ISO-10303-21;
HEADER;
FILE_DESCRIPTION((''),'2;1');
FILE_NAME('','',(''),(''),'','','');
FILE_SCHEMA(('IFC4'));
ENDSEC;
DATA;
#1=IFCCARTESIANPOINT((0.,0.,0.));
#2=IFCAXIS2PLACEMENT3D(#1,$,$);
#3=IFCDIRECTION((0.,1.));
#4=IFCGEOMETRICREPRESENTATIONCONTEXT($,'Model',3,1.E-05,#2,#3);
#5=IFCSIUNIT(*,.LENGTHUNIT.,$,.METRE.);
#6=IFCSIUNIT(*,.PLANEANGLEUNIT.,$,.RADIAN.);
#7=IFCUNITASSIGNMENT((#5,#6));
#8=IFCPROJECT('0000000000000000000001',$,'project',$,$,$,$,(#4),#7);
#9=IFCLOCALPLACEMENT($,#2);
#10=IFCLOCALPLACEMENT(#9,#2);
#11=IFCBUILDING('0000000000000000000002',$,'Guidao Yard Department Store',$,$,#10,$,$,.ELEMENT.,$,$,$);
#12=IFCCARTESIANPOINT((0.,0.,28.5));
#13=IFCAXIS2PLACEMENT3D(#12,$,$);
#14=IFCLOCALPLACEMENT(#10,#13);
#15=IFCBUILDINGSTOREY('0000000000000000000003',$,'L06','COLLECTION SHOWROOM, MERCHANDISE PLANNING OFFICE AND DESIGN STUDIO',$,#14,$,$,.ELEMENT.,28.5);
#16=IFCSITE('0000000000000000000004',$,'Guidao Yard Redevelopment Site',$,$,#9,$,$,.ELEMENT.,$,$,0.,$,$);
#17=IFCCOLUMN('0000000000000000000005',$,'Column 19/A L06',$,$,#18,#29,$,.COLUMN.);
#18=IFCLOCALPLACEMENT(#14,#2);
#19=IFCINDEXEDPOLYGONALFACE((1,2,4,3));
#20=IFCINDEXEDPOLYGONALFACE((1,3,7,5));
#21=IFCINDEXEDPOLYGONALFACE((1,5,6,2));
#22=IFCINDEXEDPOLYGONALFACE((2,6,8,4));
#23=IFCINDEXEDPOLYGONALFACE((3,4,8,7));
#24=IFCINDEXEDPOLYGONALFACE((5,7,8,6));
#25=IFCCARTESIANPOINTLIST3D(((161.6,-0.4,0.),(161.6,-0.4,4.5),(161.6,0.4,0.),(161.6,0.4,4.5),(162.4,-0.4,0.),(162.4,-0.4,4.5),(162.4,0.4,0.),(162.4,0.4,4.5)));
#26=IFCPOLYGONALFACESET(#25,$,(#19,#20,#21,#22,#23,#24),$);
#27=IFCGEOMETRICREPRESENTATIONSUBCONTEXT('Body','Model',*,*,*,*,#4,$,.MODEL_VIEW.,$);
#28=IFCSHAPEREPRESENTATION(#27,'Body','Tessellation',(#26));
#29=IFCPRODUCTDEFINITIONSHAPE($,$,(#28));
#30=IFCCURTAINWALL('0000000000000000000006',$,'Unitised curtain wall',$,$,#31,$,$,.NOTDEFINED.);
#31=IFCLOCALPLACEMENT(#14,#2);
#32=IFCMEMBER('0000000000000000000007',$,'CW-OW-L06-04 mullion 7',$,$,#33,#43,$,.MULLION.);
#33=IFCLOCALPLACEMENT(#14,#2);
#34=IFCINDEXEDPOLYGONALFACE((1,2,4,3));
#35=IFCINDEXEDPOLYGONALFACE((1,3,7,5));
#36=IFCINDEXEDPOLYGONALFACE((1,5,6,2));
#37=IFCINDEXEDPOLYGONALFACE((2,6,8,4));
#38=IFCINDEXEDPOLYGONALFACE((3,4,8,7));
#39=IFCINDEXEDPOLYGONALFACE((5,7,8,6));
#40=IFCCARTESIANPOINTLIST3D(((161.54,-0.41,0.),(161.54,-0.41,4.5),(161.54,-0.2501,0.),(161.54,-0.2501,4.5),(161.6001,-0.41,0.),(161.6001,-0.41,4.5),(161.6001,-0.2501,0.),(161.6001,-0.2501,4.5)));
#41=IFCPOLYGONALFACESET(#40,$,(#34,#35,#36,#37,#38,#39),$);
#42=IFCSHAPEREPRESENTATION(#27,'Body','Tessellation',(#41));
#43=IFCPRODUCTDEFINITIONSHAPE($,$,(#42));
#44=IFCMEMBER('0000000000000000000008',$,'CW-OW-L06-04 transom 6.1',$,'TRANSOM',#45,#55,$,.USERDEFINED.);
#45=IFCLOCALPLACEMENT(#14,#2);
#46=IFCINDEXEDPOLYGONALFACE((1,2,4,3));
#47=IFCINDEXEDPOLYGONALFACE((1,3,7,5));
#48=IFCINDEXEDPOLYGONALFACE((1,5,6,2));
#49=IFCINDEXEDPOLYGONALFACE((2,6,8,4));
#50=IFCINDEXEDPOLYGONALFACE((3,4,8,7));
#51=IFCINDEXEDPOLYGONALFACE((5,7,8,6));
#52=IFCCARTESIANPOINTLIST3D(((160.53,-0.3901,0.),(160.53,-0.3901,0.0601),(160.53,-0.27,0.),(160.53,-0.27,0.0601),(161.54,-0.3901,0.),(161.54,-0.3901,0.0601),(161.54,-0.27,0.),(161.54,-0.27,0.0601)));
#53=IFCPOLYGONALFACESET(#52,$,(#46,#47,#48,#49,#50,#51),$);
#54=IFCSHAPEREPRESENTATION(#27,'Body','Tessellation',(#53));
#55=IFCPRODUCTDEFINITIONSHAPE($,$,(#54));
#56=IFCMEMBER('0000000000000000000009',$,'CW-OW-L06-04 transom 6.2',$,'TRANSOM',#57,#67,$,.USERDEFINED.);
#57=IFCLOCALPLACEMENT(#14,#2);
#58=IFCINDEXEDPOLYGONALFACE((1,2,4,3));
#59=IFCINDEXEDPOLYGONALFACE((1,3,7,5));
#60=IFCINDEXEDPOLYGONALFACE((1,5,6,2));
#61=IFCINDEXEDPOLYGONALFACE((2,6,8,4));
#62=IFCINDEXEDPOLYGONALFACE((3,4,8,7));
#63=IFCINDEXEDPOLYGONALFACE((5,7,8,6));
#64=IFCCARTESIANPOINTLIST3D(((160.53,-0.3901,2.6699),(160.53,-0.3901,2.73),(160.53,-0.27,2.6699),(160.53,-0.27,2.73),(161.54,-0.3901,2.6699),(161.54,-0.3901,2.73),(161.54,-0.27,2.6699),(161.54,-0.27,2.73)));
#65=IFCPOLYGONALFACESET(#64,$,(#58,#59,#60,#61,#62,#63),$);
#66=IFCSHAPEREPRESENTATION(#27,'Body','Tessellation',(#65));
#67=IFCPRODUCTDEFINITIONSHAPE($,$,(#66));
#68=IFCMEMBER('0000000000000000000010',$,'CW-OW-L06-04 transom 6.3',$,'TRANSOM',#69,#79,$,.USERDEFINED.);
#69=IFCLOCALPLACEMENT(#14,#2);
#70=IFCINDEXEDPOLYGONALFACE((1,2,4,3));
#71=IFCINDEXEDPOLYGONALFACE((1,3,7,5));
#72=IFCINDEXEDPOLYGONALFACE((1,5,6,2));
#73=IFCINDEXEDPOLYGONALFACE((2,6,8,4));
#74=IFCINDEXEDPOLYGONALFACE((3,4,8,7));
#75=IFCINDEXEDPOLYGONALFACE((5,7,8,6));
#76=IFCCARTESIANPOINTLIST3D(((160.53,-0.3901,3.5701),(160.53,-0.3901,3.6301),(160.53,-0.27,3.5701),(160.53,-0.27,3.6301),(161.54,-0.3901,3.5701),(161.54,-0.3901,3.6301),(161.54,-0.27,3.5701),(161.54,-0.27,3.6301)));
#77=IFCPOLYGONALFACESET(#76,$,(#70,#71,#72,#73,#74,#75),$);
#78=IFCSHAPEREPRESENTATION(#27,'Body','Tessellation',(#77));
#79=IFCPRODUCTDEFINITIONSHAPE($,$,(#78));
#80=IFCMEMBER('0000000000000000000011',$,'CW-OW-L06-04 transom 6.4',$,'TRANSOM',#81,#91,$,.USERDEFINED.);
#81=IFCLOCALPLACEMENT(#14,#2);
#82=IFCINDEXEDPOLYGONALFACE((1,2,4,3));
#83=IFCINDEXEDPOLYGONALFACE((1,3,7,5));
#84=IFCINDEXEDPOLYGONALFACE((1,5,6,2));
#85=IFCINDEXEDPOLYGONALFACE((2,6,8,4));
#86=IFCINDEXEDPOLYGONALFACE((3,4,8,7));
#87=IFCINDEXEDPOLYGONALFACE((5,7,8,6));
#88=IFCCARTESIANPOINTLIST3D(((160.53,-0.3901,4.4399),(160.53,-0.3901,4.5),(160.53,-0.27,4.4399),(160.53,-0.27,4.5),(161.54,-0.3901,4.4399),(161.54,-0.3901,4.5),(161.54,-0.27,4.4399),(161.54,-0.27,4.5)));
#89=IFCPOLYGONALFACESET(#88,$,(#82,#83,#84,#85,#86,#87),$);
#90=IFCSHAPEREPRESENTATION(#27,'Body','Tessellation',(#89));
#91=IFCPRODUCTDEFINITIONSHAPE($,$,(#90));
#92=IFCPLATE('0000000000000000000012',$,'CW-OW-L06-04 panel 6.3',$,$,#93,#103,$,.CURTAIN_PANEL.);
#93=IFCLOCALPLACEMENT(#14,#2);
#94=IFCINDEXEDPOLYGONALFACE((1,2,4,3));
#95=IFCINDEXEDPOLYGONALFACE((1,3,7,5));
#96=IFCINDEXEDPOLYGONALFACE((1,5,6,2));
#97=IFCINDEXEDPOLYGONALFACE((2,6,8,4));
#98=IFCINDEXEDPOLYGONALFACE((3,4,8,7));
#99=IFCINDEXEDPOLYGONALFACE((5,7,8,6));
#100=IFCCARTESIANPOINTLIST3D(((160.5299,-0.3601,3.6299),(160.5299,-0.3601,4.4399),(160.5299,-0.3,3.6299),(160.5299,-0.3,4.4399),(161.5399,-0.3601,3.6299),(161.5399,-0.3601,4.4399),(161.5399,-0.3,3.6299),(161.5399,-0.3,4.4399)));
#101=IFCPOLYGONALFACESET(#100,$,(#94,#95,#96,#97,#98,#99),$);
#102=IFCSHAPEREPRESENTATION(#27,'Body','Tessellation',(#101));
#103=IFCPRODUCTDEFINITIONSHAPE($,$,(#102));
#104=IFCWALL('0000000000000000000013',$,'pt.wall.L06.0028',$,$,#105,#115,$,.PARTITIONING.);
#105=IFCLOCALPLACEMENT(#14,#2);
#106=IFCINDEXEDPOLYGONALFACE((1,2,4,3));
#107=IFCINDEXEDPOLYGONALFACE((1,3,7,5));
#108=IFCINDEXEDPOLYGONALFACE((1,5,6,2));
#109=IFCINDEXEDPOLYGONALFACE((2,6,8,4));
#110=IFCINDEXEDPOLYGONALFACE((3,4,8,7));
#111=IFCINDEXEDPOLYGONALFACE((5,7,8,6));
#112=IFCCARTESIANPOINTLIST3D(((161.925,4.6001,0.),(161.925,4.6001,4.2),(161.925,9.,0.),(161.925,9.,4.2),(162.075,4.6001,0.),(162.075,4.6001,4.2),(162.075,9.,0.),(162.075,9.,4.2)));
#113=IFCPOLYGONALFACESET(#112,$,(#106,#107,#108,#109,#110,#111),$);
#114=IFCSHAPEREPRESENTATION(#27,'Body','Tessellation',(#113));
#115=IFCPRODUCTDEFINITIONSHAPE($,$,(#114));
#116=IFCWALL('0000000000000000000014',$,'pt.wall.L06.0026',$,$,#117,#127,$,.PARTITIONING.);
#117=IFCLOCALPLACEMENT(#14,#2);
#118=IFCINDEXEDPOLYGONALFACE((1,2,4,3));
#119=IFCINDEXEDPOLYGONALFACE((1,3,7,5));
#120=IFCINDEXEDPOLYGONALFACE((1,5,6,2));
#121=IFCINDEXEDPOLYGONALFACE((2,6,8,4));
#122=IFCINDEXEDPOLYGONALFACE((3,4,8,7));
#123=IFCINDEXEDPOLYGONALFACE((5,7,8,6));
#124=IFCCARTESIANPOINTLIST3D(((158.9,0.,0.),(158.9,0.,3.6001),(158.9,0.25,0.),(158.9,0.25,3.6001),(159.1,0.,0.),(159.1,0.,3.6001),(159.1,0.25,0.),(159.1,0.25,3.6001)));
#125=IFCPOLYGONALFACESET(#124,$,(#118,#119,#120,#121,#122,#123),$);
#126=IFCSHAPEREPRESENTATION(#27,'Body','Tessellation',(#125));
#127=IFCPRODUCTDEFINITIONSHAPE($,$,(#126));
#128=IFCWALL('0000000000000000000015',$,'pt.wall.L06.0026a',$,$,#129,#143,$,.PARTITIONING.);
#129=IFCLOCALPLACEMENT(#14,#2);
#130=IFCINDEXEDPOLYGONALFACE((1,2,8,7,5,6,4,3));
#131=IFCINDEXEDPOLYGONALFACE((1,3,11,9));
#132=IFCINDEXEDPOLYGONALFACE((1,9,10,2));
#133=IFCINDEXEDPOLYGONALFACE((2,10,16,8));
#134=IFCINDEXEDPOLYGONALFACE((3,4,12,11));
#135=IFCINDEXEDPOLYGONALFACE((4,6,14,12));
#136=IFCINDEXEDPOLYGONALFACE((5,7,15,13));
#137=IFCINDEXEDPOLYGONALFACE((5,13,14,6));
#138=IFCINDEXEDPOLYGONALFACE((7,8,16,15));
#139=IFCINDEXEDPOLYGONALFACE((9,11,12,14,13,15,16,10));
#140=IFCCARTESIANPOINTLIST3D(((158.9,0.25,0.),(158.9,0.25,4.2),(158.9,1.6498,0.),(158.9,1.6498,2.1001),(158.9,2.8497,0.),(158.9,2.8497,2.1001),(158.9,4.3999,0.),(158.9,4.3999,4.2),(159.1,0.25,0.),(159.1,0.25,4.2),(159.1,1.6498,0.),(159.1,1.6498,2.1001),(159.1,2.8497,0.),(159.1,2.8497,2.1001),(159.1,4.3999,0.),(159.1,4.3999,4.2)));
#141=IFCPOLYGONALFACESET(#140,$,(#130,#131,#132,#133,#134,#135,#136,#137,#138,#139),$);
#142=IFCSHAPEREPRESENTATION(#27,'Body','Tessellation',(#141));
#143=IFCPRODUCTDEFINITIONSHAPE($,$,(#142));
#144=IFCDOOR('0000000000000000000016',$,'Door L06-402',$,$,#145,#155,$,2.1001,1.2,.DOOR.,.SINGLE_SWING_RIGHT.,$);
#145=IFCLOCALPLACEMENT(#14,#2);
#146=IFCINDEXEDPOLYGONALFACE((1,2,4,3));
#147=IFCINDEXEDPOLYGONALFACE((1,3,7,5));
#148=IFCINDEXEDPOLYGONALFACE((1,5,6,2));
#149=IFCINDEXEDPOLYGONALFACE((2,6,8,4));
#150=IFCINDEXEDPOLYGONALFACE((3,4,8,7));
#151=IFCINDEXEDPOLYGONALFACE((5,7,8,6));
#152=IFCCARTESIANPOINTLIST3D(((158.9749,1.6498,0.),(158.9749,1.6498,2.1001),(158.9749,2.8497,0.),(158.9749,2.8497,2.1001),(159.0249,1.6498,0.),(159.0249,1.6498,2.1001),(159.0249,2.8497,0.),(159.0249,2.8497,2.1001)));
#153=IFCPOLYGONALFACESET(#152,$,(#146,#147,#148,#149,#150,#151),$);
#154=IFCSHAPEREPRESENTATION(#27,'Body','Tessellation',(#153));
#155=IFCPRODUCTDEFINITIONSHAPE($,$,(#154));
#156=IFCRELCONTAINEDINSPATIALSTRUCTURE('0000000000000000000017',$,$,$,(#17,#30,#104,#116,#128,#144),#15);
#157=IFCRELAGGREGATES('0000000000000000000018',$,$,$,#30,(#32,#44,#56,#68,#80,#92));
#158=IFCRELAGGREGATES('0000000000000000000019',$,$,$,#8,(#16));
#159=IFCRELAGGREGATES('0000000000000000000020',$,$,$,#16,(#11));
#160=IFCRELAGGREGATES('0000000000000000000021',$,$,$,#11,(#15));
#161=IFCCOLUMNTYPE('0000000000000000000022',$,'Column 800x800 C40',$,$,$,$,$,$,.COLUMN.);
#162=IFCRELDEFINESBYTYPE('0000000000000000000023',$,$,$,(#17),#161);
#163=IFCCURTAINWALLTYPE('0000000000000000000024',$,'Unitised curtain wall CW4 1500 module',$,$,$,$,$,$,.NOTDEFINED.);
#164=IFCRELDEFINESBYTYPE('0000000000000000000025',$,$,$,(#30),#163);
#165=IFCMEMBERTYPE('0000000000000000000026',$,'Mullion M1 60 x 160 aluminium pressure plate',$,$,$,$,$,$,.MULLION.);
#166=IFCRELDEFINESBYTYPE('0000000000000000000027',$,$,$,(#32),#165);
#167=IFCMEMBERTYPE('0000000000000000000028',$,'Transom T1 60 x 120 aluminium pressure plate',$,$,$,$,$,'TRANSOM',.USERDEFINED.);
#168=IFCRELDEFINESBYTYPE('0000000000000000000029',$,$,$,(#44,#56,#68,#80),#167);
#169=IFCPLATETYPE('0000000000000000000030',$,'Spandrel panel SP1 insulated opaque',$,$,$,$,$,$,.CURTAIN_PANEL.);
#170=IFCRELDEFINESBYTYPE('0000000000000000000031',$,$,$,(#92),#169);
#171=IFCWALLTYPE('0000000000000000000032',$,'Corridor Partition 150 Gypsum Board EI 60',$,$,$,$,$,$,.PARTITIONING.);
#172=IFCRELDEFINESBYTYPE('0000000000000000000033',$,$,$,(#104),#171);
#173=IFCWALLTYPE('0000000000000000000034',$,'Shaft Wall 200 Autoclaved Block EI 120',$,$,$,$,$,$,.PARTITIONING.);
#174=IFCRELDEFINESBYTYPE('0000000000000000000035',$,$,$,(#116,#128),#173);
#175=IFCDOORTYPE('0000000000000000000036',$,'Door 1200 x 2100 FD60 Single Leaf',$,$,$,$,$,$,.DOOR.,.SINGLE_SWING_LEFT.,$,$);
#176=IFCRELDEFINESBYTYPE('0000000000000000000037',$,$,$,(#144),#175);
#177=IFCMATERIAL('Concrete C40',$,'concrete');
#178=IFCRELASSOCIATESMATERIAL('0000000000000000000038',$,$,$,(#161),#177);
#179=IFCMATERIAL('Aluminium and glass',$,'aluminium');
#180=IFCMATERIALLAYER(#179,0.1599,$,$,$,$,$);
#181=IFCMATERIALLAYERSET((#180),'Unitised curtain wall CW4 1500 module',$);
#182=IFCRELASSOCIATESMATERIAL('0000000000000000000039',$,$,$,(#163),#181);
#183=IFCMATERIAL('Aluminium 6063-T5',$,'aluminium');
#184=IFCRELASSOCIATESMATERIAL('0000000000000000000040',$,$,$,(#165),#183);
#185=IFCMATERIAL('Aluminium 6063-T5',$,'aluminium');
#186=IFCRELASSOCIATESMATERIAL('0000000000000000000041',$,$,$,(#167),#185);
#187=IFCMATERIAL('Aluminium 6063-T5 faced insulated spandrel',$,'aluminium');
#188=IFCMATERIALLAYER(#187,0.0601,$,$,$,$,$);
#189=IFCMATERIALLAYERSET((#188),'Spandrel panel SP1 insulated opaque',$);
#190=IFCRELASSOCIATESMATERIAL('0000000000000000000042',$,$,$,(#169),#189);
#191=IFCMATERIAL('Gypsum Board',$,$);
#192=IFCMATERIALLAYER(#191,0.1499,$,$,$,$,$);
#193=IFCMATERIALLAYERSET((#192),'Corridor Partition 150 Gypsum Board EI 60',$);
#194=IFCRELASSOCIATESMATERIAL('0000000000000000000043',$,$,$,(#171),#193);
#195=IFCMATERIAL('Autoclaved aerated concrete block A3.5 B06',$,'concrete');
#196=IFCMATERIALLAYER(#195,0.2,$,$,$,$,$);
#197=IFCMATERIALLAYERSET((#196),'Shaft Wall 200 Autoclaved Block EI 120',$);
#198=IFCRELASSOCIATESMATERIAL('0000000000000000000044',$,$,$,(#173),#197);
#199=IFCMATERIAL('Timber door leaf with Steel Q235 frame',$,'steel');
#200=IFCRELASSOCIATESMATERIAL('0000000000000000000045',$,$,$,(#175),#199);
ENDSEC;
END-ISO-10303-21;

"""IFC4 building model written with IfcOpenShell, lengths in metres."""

from ifc_helpers import new_model, si_unit, direction, frame, frame_2d, origin, origin_2d, place, context, subcontext, project, spatial, rectangle, extrude, material, layer, layer_set, material_profile, profile_set, type_object, element, fill, aggregate, save


model = new_model("IFC4")

# Units and contexts
model_context = context("Model", 3, precision=1e-05, world=origin(), true_north=direction((0.0, 1.0)))
body_context = subcontext(model_context, "Body", "Model", "MODEL_VIEW")
ifc_project = project(units=[si_unit("LENGTHUNIT", "METRE"), si_unit("PLANEANGLEUNIT", "RADIAN")], contexts=[model_context])

# Site, building, storey
site_placement = place(None, origin())
site = spatial("IfcSite", under=ifc_project, at=site_placement, Name="Guidao Yard Redevelopment Site", CompositionType="ELEMENT", RefElevation=0.0)
building_placement = place(site_placement, origin())
building = spatial("IfcBuilding", under=site, at=building_placement, Name="Guidao Yard Department Store", CompositionType="ELEMENT")
storey_placement = place(building_placement, frame((0.0, 0.0, 28.5)))
storey = spatial("IfcBuildingStorey", under=building, at=storey_placement, Name="L06", Description="COLLECTION SHOWROOM, MERCHANDISE PLANNING OFFICE AND DESIGN STUDIO", CompositionType="ELEMENT", Elevation=28.5)

# Column
ifc_material_1 = material(Name="Concrete C40", Category="concrete")
ifc_material_profile_1 = material_profile(ifc_material_1, rectangle(XDim=0.8, YDim=0.8, at=origin_2d()), Name="COL 800x800")
ifc_profile_set_1 = profile_set([ifc_material_profile_1], Name="Concrete C40")
column_type = type_object("IfcColumnType", Name="Column 800x800 C40", PredefinedType="COLUMN", material=ifc_profile_set_1)
column_placement = place(storey_placement, frame((162.0, 0.0, 0.0), z_axis=(0.0, 0.0, 1.0), x_axis=(1.0, 0.0, 0.0)))
element("IfcColumn", 1, at=column_placement, inside=storey, type_object=column_type, Name="Column 19/A L06", PredefinedType="COLUMN", context=body_context, shape_type="SweptSolid", body=[
    extrude(rectangle(XDim=0.8, YDim=0.8, at=origin_2d()), origin(), (0.0, 0.0, 1.0), 4.5),
])

# Curtain wall, members, plate
ifc_material_2 = material(Name="Aluminium and glass", Category="aluminium")
ifc_layer_1 = layer(ifc_material_2, 0.1599)
ifc_layer_set_1 = layer_set([ifc_layer_1], Name="Unitised curtain wall CW4 1500 module")
curtain_wall_type = type_object("IfcCurtainWallType", Name="Unitised curtain wall CW4 1500 module", PredefinedType="NOTDEFINED", material=ifc_layer_set_1)
curtain_wall_placement = place(storey_placement, origin())
curtain_wall = element("IfcCurtainWall", 2, at=curtain_wall_placement, inside=storey, type_object=curtain_wall_type, Name="Unitised curtain wall", PredefinedType="NOTDEFINED")
ifc_material_3 = material(Name="Aluminium 6063-T5", Category="aluminium")
ifc_material_profile_2 = material_profile(ifc_material_3, rectangle(XDim=0.0601, YDim=0.1599, at=origin_2d()), Name="Mullion M1 60 x 160 aluminium pressure plate")
ifc_profile_set_2 = profile_set([ifc_material_profile_2], Name="Aluminium 6063-T5")
member_type_1 = type_object("IfcMemberType", Name="Mullion M1 60 x 160 aluminium pressure plate", PredefinedType="MULLION", material=ifc_profile_set_2)
member_1_placement = place(storey_placement, frame((161.5701, -0.3301, 0.0), z_axis=(0.0, 0.0, 1.0), x_axis=(-1.0, 0.0, 0.0)))
member_1 = element("IfcMember", 3, at=member_1_placement, type_object=member_type_1, Name="CW-OW-L06-04 mullion 7", PredefinedType="MULLION", context=body_context, shape_type="SweptSolid", body=[
    extrude(rectangle(XDim=0.0601, YDim=0.1599, at=origin_2d()), origin(), (0.0, 0.0, 1.0), 4.5),
])
ifc_material_4 = material(Name="Aluminium 6063-T5", Category="aluminium")
ifc_material_profile_3 = material_profile(ifc_material_4, rectangle(XDim=0.1201, YDim=0.0601, at=origin_2d()), Name="Transom T1 60 x 120 aluminium pressure plate")
ifc_profile_set_3 = profile_set([ifc_material_profile_3], Name="Aluminium 6063-T5")
member_type_2 = type_object("IfcMemberType", Name="Transom T1 60 x 120 aluminium pressure plate", ElementType="TRANSOM", PredefinedType="USERDEFINED", material=ifc_profile_set_3)
member_2_placement = place(storey_placement, frame((161.54, -0.3301, 0.03), z_axis=(-1.0, 0.0, 0.0), x_axis=(0.0, -1.0, 0.0)))
member_2 = element("IfcMember", 4, at=member_2_placement, type_object=member_type_2, Name="CW-OW-L06-04 transom 6.1", ObjectType="TRANSOM", PredefinedType="USERDEFINED", context=body_context, shape_type="SweptSolid", body=[
    extrude(rectangle(XDim=0.1201, YDim=0.0601, at=origin_2d()), origin(), (0.0, 0.0, 1.0), 1.01),
])
member_3_placement = place(storey_placement, frame((161.54, -0.3301, 2.7), z_axis=(-1.0, 0.0, 0.0), x_axis=(0.0, -1.0, 0.0)))
member_3 = element("IfcMember", 5, at=member_3_placement, type_object=member_type_2, Name="CW-OW-L06-04 transom 6.2", ObjectType="TRANSOM", PredefinedType="USERDEFINED", context=body_context, shape_type="SweptSolid", body=[
    extrude(rectangle(XDim=0.1201, YDim=0.0601, at=origin_2d()), origin(), (0.0, 0.0, 1.0), 1.01),
])
member_4_placement = place(storey_placement, frame((161.54, -0.3301, 3.6001), z_axis=(-1.0, 0.0, 0.0), x_axis=(0.0, -1.0, 0.0)))
member_4 = element("IfcMember", 6, at=member_4_placement, type_object=member_type_2, Name="CW-OW-L06-04 transom 6.3", ObjectType="TRANSOM", PredefinedType="USERDEFINED", context=body_context, shape_type="SweptSolid", body=[
    extrude(rectangle(XDim=0.1201, YDim=0.0601, at=origin_2d()), origin(), (0.0, 0.0, 1.0), 1.01),
])
member_5_placement = place(storey_placement, frame((161.54, -0.3301, 4.47), z_axis=(-1.0, 0.0, 0.0), x_axis=(0.0, -1.0, 0.0)))
member_5 = element("IfcMember", 7, at=member_5_placement, type_object=member_type_2, Name="CW-OW-L06-04 transom 6.4", ObjectType="TRANSOM", PredefinedType="USERDEFINED", context=body_context, shape_type="SweptSolid", body=[
    extrude(rectangle(XDim=0.1201, YDim=0.0601, at=origin_2d()), origin(), (0.0, 0.0, 1.0), 1.01),
])
ifc_material_5 = material(Name="Aluminium 6063-T5 faced insulated spandrel", Category="aluminium")
ifc_layer_2 = layer(ifc_material_5, 0.0601)
ifc_layer_set_2 = layer_set([ifc_layer_2], Name="Spandrel panel SP1 insulated opaque")
plate_type = type_object("IfcPlateType", Name="Spandrel panel SP1 insulated opaque", PredefinedType="CURTAIN_PANEL", material=ifc_layer_set_2)
plate_placement = place(storey_placement, frame((161.0349, -0.3301, 3.6299), z_axis=(0.0, 0.0, 1.0), x_axis=(-1.0, 0.0, 0.0)))
plate = element("IfcPlate", 8, at=plate_placement, type_object=plate_type, Name="CW-OW-L06-04 panel 6.3", PredefinedType="CURTAIN_PANEL", context=body_context, shape_type="SweptSolid", body=[
    extrude(rectangle(XDim=1.01, YDim=0.0601, at=origin_2d()), origin(), (0.0, 0.0, 1.0), 0.8101),
])
aggregate(curtain_wall, [member_1, member_2, member_3, member_4, member_5, plate])

# Walls
ifc_material_6 = material(Name="Gypsum Board")
ifc_layer_3 = layer(ifc_material_6, 0.1499)
ifc_layer_set_3 = layer_set([ifc_layer_3], Name="Corridor Partition 150 Gypsum Board EI 60")
wall_type_1 = type_object("IfcWallType", Name="Corridor Partition 150 Gypsum Board EI 60", PredefinedType="PARTITIONING", material=ifc_layer_set_3)
wall_1_placement = place(storey_placement, frame((162.0, 4.6001, 0.0), z_axis=(0.0, 0.0, 1.0), x_axis=(0.0, 1.0, 0.0)))
element("IfcWall", 9, at=wall_1_placement, inside=storey, type_object=wall_type_1, Name="pt.wall.L06.0028", PredefinedType="PARTITIONING", context=body_context, shape_type="SweptSolid", body=[
    extrude(rectangle(XDim=4.3999, YDim=0.1499, at=frame_2d((2.2, 0.0))), origin(), (0.0, 0.0, 1.0), 4.2),
])
ifc_material_7 = material(Name="Autoclaved aerated concrete block A3.5 B06", Category="concrete")
ifc_layer_4 = layer(ifc_material_7, 0.2)
ifc_layer_set_4 = layer_set([ifc_layer_4], Name="Shaft Wall 200 Autoclaved Block EI 120")
wall_type_2 = type_object("IfcWallType", Name="Shaft Wall 200 Autoclaved Block EI 120", PredefinedType="PARTITIONING", material=ifc_layer_set_4)
wall_2_placement = place(storey_placement, frame((159.0, 0.0, 0.0), z_axis=(0.0, 0.0, 1.0), x_axis=(0.0, 1.0, 0.0)))
element("IfcWall", 10, at=wall_2_placement, inside=storey, type_object=wall_type_2, Name="pt.wall.L06.0026", PredefinedType="PARTITIONING", context=body_context, shape_type="SweptSolid", body=[
    extrude(rectangle(XDim=0.25, YDim=0.2, at=frame_2d((0.125, 0.0))), origin(), (0.0, 0.0, 1.0), 3.6001),
])

# Wall, opening, door
wall_3_placement = place(storey_placement, frame((159.0, 0.25, 0.0), z_axis=(0.0, 0.0, 1.0), x_axis=(0.0, 1.0, 0.0)))
wall_3 = element("IfcWall", 11, at=wall_3_placement, inside=storey, type_object=wall_type_2, Name="pt.wall.L06.0026a", PredefinedType="PARTITIONING", context=body_context, shape_type="SweptSolid", body=[
    extrude(rectangle(XDim=4.1499, YDim=0.2, at=frame_2d((2.075, 0.0))), origin(), (0.0, 0.0, 1.0), 4.2),
])
opening_1_placement = place(wall_3_placement, frame((2.5999, 0.0, 0.0), z_axis=(0.0, 0.0, 1.0), x_axis=(-1.0, 0.0, 0.0)))
opening_1 = element("IfcOpeningElement", 12, at=opening_1_placement, cuts=wall_3, PredefinedType="OPENING", context=body_context, shape_type="SweptSolid", body=[
    extrude(rectangle(XDim=1.2, YDim=2.1001, at=frame_2d((0.6001, 1.05))), frame((0.0, 0.1099, 0.0), z_axis=(0.0, -1.0, 0.0), x_axis=(1.0, 0.0, 0.0)), (0.0, 0.0, 1.0), 0.22),
])
ifc_material_8 = material(Name="Timber door leaf with Steel Q235 frame", Category="steel")
door_type_1 = type_object("IfcDoorType", Name="Door 1200 x 2100 FD60 Single Leaf", OperationType="SINGLE_SWING_LEFT", PredefinedType="DOOR", material=ifc_material_8)
door_1_placement = place(opening_1_placement, origin())
door_1 = element("IfcDoor", 13, at=door_1_placement, inside=storey, type_object=door_type_1, Name="Door L06-402", OperationType="SINGLE_SWING_RIGHT", OverallHeight=2.1001, OverallWidth=1.2, PredefinedType="DOOR", context=body_context, shape_type="SweptSolid", body=[
    extrude(rectangle(XDim=1.2, YDim=2.1001, at=frame_2d((0.6001, 1.05))), frame((0.0, 0.0249, 0.0), z_axis=(0.0, -1.0, 0.0), x_axis=(1.0, 0.0, 0.0)), (0.0, 0.0, 1.0), 0.05),
])
fill(opening_1, door_1)

save(model, "model.ifc")
